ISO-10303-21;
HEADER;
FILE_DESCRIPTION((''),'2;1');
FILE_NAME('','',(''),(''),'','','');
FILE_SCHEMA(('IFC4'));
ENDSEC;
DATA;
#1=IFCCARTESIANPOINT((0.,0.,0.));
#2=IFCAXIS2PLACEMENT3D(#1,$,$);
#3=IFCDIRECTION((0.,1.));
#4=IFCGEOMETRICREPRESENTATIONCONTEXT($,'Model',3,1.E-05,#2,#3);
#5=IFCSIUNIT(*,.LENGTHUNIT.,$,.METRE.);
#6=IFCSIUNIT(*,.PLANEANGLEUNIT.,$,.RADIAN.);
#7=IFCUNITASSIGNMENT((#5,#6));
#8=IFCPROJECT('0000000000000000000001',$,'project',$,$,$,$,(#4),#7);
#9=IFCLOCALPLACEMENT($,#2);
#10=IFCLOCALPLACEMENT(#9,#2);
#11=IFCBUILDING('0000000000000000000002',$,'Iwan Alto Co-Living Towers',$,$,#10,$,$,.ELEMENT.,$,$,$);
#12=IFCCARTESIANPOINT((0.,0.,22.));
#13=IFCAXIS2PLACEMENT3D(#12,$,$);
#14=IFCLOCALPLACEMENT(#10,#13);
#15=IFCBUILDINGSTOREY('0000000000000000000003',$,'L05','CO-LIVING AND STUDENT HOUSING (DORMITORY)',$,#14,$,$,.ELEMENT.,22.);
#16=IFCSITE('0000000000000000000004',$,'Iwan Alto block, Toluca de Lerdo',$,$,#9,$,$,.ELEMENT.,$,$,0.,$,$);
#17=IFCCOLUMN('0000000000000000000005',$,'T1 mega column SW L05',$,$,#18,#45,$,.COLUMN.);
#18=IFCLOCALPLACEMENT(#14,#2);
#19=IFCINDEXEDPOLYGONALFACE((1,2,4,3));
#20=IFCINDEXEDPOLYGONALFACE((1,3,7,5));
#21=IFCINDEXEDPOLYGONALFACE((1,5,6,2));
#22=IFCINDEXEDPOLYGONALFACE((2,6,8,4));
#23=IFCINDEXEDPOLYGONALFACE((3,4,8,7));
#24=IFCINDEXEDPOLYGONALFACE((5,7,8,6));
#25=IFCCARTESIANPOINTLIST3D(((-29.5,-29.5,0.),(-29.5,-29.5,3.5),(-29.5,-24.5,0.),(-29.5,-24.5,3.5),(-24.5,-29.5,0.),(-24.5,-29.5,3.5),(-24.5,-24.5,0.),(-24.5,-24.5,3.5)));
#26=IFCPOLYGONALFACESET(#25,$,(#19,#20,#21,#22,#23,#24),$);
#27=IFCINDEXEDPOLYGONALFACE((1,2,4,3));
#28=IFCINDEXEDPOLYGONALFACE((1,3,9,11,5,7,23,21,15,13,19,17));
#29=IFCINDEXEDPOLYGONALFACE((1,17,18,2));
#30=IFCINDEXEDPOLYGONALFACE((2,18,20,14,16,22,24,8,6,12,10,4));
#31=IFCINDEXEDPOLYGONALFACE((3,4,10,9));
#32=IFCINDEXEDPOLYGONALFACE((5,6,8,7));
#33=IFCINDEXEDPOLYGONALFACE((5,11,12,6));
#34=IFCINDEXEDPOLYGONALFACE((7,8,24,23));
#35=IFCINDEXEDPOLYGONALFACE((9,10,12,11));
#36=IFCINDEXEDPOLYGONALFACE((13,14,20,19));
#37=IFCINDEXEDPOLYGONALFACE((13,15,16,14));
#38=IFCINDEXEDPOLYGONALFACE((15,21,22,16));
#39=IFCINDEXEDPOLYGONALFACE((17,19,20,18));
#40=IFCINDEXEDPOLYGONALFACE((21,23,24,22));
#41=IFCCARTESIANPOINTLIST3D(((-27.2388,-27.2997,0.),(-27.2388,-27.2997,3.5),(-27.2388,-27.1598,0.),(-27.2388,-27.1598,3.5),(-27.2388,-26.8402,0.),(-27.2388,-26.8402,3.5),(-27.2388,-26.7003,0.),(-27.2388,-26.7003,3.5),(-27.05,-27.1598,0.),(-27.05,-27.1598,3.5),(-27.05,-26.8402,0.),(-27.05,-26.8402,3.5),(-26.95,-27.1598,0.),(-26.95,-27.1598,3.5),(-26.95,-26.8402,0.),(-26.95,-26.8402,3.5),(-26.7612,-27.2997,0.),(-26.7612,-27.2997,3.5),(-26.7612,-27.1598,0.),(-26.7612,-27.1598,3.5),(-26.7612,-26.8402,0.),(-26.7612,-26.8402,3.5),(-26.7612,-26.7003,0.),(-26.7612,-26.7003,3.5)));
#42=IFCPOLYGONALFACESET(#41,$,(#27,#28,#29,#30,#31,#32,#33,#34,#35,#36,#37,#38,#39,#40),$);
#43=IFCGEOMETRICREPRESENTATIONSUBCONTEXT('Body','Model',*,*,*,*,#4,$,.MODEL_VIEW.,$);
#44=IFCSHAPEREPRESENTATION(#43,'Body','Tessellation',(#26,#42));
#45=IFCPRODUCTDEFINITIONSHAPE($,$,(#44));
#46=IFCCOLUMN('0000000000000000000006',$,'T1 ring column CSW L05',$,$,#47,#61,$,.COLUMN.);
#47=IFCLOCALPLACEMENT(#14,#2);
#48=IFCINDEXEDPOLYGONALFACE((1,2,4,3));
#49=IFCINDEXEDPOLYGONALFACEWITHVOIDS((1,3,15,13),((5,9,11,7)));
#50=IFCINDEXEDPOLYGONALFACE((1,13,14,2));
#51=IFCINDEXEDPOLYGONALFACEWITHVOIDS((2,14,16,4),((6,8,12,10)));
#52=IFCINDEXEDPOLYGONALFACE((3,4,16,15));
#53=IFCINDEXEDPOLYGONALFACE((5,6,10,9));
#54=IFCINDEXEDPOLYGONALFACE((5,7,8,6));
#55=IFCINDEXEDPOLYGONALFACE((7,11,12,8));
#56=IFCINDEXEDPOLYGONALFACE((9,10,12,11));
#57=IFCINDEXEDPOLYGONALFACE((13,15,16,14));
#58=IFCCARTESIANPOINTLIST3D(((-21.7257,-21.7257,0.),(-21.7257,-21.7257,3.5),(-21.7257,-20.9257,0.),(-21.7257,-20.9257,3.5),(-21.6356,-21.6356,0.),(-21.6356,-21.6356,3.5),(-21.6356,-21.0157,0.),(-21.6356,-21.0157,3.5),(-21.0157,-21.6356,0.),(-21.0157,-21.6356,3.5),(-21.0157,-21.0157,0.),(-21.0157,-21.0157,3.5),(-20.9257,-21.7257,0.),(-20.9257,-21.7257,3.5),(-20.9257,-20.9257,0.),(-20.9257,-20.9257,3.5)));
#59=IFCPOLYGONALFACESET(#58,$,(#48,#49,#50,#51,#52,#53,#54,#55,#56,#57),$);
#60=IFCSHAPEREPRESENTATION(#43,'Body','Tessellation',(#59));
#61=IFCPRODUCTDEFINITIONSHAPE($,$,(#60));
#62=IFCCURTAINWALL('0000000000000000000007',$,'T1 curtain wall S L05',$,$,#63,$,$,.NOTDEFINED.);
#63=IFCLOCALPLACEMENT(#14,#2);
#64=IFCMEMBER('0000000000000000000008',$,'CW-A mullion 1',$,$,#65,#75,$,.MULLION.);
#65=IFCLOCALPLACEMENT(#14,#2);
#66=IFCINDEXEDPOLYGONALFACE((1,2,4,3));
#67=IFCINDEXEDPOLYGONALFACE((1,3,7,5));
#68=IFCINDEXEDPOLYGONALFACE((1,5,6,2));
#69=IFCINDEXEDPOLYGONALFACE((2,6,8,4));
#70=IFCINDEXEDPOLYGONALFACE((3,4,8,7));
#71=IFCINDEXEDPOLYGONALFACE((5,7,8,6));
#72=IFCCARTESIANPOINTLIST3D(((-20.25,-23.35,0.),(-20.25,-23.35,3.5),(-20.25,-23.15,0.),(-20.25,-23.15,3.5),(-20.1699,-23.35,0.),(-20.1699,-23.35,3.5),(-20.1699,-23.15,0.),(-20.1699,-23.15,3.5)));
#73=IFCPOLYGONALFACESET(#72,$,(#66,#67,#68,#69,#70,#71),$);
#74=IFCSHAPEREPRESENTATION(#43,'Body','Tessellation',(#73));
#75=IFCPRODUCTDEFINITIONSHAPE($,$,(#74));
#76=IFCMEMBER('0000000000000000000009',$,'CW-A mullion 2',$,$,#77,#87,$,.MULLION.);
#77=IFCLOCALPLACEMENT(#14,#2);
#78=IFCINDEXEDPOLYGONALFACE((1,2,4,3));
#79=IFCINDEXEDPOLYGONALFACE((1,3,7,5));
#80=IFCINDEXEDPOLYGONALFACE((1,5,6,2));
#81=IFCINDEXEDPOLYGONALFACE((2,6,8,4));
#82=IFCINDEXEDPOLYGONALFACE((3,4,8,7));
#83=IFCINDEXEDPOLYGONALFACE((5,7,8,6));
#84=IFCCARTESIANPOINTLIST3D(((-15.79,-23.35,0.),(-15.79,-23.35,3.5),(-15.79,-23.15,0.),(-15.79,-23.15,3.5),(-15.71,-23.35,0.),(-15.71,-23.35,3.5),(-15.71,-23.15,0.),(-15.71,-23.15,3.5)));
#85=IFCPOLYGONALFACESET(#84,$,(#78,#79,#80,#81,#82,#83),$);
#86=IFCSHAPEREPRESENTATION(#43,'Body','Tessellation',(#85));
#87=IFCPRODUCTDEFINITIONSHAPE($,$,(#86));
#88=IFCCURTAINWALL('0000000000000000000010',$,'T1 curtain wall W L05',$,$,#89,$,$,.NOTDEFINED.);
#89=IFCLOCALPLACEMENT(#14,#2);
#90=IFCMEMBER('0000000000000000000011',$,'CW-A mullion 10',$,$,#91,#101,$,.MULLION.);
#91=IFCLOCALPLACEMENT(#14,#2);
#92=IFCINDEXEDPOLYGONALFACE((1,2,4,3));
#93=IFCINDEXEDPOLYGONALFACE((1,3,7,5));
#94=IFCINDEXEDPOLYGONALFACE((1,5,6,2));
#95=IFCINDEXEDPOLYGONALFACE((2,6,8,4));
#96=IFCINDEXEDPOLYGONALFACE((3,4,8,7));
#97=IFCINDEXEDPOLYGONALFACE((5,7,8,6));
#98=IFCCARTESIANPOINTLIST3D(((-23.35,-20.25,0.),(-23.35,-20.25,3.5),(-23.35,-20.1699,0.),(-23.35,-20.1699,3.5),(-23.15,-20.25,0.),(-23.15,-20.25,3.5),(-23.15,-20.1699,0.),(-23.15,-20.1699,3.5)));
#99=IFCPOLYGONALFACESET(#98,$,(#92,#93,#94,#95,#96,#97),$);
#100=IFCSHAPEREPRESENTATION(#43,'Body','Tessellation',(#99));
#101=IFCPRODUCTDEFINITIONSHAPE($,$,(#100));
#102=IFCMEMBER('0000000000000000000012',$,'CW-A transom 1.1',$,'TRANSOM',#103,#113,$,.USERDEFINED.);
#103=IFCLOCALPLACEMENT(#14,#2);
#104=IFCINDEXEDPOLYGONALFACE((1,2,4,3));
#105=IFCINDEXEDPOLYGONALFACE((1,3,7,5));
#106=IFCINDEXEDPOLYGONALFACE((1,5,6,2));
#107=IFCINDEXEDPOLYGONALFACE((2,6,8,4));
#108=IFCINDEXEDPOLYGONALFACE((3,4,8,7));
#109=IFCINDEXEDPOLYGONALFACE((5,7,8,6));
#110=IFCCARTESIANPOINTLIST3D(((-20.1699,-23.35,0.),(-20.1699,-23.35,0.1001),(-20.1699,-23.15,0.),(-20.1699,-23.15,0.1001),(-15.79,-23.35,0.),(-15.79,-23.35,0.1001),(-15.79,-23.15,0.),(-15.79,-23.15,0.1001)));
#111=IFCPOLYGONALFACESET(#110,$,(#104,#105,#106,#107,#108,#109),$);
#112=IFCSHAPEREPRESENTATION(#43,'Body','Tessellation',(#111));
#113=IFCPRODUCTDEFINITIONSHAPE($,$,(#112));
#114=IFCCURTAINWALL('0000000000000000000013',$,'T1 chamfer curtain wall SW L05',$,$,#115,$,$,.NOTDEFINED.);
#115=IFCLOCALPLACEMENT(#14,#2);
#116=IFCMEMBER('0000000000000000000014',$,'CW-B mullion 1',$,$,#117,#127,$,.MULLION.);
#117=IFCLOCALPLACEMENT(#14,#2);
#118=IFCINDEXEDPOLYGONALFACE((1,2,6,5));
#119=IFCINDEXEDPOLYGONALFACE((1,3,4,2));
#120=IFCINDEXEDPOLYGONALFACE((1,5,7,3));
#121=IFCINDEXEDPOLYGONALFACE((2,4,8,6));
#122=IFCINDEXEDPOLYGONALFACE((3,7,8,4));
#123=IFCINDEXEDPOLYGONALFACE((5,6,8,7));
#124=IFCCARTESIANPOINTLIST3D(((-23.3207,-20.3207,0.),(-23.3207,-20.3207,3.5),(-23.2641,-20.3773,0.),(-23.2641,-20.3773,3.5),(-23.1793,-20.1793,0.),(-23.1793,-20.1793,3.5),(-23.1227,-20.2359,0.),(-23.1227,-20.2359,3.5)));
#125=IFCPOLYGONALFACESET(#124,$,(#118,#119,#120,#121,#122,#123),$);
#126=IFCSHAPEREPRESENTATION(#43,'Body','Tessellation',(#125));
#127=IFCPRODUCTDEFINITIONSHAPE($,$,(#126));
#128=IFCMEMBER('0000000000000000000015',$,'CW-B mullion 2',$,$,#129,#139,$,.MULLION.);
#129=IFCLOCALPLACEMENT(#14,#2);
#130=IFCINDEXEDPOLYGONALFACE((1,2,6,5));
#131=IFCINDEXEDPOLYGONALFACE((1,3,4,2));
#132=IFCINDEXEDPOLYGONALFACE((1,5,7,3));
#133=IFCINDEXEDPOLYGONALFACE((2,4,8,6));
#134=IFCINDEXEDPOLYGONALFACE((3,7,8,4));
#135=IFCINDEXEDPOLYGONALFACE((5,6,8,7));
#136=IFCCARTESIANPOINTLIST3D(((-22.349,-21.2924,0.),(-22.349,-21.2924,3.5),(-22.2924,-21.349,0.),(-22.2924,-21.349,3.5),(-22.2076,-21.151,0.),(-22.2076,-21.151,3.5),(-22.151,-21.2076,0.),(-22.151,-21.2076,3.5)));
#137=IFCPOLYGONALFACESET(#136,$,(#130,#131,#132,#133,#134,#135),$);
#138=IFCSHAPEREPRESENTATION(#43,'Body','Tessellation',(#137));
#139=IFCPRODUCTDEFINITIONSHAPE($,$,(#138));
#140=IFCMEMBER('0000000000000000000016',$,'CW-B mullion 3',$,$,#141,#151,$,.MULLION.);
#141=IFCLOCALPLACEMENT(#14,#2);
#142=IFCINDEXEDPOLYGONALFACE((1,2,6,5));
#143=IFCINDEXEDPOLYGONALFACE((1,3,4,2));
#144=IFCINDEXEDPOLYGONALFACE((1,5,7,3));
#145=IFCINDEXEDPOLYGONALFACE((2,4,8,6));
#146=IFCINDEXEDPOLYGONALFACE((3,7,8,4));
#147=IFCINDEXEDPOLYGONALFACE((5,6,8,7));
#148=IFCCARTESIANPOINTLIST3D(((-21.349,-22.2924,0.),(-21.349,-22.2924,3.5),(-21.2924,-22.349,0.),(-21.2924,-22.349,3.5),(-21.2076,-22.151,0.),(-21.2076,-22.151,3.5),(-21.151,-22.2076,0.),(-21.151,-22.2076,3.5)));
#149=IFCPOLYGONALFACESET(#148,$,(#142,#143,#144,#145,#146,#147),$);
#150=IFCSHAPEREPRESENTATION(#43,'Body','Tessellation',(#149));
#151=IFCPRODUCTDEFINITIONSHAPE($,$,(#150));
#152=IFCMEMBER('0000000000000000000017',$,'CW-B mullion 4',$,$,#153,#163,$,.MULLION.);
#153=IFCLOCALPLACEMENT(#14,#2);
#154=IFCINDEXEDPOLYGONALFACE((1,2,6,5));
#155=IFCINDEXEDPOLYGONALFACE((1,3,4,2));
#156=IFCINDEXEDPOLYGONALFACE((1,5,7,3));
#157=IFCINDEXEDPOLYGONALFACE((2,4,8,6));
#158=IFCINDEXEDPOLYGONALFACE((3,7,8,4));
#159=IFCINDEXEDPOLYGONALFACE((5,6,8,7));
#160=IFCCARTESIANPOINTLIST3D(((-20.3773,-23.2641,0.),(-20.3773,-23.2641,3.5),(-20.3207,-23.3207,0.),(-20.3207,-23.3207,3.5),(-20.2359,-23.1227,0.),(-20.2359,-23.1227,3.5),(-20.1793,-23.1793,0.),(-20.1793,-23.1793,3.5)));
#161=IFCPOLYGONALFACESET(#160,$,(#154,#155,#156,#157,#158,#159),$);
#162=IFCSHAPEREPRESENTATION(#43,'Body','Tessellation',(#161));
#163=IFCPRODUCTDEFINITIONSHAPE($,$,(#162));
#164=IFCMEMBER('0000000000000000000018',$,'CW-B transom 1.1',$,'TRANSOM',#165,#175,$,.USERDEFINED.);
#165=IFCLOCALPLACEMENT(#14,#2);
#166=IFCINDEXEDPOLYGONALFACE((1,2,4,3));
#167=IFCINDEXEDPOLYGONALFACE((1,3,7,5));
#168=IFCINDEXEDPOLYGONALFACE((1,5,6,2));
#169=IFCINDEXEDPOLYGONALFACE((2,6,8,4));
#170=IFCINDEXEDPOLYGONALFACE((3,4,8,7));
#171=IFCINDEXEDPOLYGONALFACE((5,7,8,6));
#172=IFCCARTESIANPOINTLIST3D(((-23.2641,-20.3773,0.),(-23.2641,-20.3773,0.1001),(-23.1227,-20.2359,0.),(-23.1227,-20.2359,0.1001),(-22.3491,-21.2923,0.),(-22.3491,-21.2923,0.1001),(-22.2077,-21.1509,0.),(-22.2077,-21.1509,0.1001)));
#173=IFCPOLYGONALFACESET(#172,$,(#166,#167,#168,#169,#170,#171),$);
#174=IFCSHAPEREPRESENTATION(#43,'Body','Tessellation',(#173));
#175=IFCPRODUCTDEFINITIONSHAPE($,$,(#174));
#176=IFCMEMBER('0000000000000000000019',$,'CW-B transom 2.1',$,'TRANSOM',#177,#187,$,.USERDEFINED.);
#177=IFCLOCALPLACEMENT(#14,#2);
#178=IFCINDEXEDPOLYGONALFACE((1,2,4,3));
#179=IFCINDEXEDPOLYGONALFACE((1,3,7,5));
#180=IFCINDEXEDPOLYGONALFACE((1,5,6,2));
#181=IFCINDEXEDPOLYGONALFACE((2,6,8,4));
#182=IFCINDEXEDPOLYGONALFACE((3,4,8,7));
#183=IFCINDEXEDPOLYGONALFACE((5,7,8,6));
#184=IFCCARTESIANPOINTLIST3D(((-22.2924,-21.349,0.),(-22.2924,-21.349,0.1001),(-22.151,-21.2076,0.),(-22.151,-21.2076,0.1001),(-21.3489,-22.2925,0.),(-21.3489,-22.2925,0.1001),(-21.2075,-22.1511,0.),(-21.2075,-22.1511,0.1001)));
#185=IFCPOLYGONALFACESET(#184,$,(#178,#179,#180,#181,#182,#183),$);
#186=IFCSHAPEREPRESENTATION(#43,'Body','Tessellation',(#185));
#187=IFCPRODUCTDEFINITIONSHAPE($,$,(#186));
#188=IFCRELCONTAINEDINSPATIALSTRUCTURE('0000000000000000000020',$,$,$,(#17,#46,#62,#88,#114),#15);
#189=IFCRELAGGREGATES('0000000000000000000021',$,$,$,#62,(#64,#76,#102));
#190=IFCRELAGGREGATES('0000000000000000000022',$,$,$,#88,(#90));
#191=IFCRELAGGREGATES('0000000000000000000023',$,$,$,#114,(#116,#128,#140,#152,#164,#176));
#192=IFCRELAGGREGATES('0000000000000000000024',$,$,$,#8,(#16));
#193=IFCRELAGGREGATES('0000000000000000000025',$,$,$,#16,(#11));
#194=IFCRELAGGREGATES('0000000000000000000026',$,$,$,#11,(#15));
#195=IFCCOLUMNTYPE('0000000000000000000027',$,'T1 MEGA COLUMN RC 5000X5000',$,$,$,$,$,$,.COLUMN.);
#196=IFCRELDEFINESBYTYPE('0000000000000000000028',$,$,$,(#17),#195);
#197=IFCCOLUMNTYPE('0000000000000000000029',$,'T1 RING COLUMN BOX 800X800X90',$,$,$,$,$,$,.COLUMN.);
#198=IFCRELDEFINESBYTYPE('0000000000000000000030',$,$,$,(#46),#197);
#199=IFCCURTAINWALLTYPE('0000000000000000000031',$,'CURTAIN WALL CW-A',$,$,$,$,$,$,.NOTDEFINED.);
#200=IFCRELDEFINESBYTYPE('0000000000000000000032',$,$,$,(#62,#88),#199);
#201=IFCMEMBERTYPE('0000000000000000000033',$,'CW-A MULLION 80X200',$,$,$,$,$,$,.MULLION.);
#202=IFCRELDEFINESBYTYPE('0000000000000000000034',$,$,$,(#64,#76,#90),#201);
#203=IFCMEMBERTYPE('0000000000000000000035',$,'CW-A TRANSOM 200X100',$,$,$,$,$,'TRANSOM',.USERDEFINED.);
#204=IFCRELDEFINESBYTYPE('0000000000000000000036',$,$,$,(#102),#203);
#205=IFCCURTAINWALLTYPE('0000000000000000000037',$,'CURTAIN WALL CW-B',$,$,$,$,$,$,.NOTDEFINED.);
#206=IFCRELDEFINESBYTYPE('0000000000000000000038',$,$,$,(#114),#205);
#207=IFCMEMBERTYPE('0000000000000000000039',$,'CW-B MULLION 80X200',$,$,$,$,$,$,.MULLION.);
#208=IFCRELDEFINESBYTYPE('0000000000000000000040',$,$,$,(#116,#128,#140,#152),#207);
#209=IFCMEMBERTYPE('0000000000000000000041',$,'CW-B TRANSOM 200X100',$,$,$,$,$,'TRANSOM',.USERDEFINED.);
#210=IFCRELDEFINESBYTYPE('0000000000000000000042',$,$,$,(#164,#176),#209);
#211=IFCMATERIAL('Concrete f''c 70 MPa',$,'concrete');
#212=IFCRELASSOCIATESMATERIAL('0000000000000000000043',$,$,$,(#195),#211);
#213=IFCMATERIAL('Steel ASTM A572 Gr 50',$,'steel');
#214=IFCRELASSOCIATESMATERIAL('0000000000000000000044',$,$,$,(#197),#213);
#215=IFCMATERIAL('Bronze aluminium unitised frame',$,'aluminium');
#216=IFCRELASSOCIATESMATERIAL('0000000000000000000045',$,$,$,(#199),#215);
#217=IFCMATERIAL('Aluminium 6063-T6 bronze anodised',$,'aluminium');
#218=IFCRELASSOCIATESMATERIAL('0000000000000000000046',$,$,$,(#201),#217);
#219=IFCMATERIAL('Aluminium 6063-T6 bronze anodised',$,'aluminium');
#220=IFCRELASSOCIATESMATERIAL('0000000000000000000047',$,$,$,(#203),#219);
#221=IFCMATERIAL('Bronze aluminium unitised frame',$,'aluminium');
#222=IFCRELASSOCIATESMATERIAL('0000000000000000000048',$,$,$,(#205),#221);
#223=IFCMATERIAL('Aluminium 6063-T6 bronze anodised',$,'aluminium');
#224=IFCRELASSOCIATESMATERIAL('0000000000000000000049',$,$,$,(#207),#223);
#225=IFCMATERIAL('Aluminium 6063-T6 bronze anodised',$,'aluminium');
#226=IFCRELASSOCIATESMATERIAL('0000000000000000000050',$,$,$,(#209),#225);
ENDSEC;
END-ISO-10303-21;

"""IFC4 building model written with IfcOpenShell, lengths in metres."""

from ifc_helpers import new_model, si_unit, direction, frame, origin, origin_2d, place, context, subcontext, project, spatial, rectangle, hollow_rectangle, i_section, extrude, material, material_profile, profile_set, type_object, element, aggregate, save


model = new_model("IFC4")

# Units and contexts
model_context = context("Model", 3, precision=1e-05, world=origin(), true_north=direction((0.0, 1.0)))
body_context = subcontext(model_context, "Body", "Model", "MODEL_VIEW")
ifc_project = project(units=[si_unit("LENGTHUNIT", "METRE"), si_unit("PLANEANGLEUNIT", "RADIAN")], contexts=[model_context])

# Site, building, storey
site_placement = place(None, origin())
site = spatial("IfcSite", under=ifc_project, at=site_placement, Name="Iwan Alto block, Toluca de Lerdo", CompositionType="ELEMENT", RefElevation=0.0)
building_placement = place(site_placement, origin())
building = spatial("IfcBuilding", under=site, at=building_placement, Name="Iwan Alto Co-Living Towers", CompositionType="ELEMENT")
storey_placement = place(building_placement, frame((0.0, 0.0, 22.0)))
storey = spatial("IfcBuildingStorey", under=building, at=storey_placement, Name="L05", Description="CO-LIVING AND STUDENT HOUSING (DORMITORY)", CompositionType="ELEMENT", Elevation=22.0)

# Columns
ifc_material_1 = material(Name="Concrete f'c 70 MPa", Category="concrete")
ifc_material_profile_1 = material_profile(ifc_material_1, rectangle(XDim=5.0, YDim=5.0, at=origin_2d()), Name="RC 5000X5000")
ifc_profile_set_1 = profile_set([ifc_material_profile_1], Name="Concrete f'c 70 MPa")
column_type_1 = type_object("IfcColumnType", Name="T1 MEGA COLUMN RC 5000X5000", PredefinedType="COLUMN", material=ifc_profile_set_1)
column_1_placement = place(storey_placement, frame((-27.0, -27.0, 0.0), z_axis=(0.0, 0.0, 1.0), x_axis=(1.0, 0.0, 0.0)))
element("IfcColumn", 1, at=column_1_placement, inside=storey, type_object=column_type_1, Name="T1 mega column SW L05", PredefinedType="COLUMN", context=body_context, shape_type="SweptSolid", body=[
    extrude(rectangle(XDim=5.0, YDim=5.0, at=origin_2d()), origin(), (0.0, 0.0, 1.0), 3.5),
    extrude(i_section(OverallWidth=0.4775, OverallDepth=0.5994, WebThickness=0.1001, FlangeThickness=0.1399, at=origin_2d()), origin(), (0.0, 0.0, 1.0), 3.5),
])
ifc_material_2 = material(Name="Steel ASTM A572 Gr 50", Category="steel")
ifc_material_profile_2 = material_profile(ifc_material_2, hollow_rectangle(XDim=0.8, YDim=0.8, WallThickness=0.0901, at=origin_2d()), Name="BOX 800X800X90")
ifc_profile_set_2 = profile_set([ifc_material_profile_2], Name="Steel ASTM A572 Gr 50")
column_type_2 = type_object("IfcColumnType", Name="T1 RING COLUMN BOX 800X800X90", PredefinedType="COLUMN", material=ifc_profile_set_2)
column_2_placement = place(storey_placement, frame((-21.3257, -21.3257, 0.0), z_axis=(0.0, 0.0, 1.0), x_axis=(1.0, 0.0, 0.0)))
element("IfcColumn", 2, at=column_2_placement, inside=storey, type_object=column_type_2, Name="T1 ring column CSW L05", PredefinedType="COLUMN", context=body_context, shape_type="SweptSolid", body=[
    extrude(hollow_rectangle(XDim=0.8, YDim=0.8, WallThickness=0.0901, at=origin_2d()), origin(), (0.0, 0.0, 1.0), 3.5),
])

# Curtain wall, members
ifc_material_3 = material(Name="Bronze aluminium unitised frame", Category="aluminium")
curtain_wall_type_1 = type_object("IfcCurtainWallType", Name="CURTAIN WALL CW-A", PredefinedType="NOTDEFINED", material=ifc_material_3)
curtain_wall_1_placement = place(storey_placement, origin())
curtain_wall_1 = element("IfcCurtainWall", 3, at=curtain_wall_1_placement, inside=storey, type_object=curtain_wall_type_1, Name="T1 curtain wall S L05", PredefinedType="NOTDEFINED")
ifc_material_4 = material(Name="Aluminium 6063-T6 bronze anodised", Category="aluminium")
ifc_material_profile_3 = material_profile(ifc_material_4, rectangle(XDim=0.2, YDim=0.0801, at=origin_2d()), Name="AL 80X200")
ifc_profile_set_3 = profile_set([ifc_material_profile_3], Name="Aluminium 6063-T6 bronze anodised")
member_type_1 = type_object("IfcMemberType", Name="CW-A MULLION 80X200", PredefinedType="MULLION", material=ifc_profile_set_3)
member_1_placement = place(storey_placement, frame((-20.21, -23.25, 0.0), z_axis=(0.0, 0.0, 1.0), x_axis=(0.0, 1.0, 0.0)))
member_1 = element("IfcMember", 4, at=member_1_placement, type_object=member_type_1, Name="CW-A mullion 1", PredefinedType="MULLION", context=body_context, shape_type="SweptSolid", body=[
    extrude(rectangle(XDim=0.2, YDim=0.0801, at=origin_2d()), origin(), (0.0, 0.0, 1.0), 3.5),
])
member_2_placement = place(storey_placement, frame((-15.75, -23.25, 0.0), z_axis=(0.0, 0.0, 1.0), x_axis=(0.0, 1.0, 0.0)))
member_2 = element("IfcMember", 5, at=member_2_placement, type_object=member_type_1, Name="CW-A mullion 2", PredefinedType="MULLION", context=body_context, shape_type="SweptSolid", body=[
    extrude(rectangle(XDim=0.2, YDim=0.0801, at=origin_2d()), origin(), (0.0, 0.0, 1.0), 3.5),
])

# Curtain wall, member
curtain_wall_2_placement = place(storey_placement, origin())
curtain_wall_2 = element("IfcCurtainWall", 6, at=curtain_wall_2_placement, inside=storey, type_object=curtain_wall_type_1, Name="T1 curtain wall W L05", PredefinedType="NOTDEFINED")
member_3_placement = place(storey_placement, frame((-23.25, -20.21, 0.0), z_axis=(0.0, 0.0, 1.0), x_axis=(1.0, 0.0, 0.0)))
member_3 = element("IfcMember", 7, at=member_3_placement, type_object=member_type_1, Name="CW-A mullion 10", PredefinedType="MULLION", context=body_context, shape_type="SweptSolid", body=[
    extrude(rectangle(XDim=0.2, YDim=0.0801, at=origin_2d()), origin(), (0.0, 0.0, 1.0), 3.5),
])

# Member
ifc_material_5 = material(Name="Aluminium 6063-T6 bronze anodised", Category="aluminium")
ifc_material_profile_4 = material_profile(ifc_material_5, rectangle(XDim=0.2, YDim=0.1001, at=origin_2d()), Name="AL 200X100")
ifc_profile_set_4 = profile_set([ifc_material_profile_4], Name="Aluminium 6063-T6 bronze anodised")
member_type_2 = type_object("IfcMemberType", Name="CW-A TRANSOM 200X100", ElementType="TRANSOM", PredefinedType="USERDEFINED", material=ifc_profile_set_4)
member_4_placement = place(storey_placement, frame((-20.1699, -23.25, 0.05), z_axis=(1.0, 0.0, 0.0), x_axis=(0.0, 1.0, 0.0)))
member_4 = element("IfcMember", 8, at=member_4_placement, type_object=member_type_2, Name="CW-A transom 1.1", ObjectType="TRANSOM", PredefinedType="USERDEFINED", context=body_context, shape_type="SweptSolid", body=[
    extrude(rectangle(XDim=0.2, YDim=0.1001, at=origin_2d()), origin(), (0.0, 0.0, 1.0), 4.3799),
])

# Curtain wall, members
ifc_material_6 = material(Name="Bronze aluminium unitised frame", Category="aluminium")
curtain_wall_type_2 = type_object("IfcCurtainWallType", Name="CURTAIN WALL CW-B", PredefinedType="NOTDEFINED", material=ifc_material_6)
curtain_wall_3_placement = place(storey_placement, origin())
curtain_wall_3 = element("IfcCurtainWall", 9, at=curtain_wall_3_placement, inside=storey, type_object=curtain_wall_type_2, Name="T1 chamfer curtain wall SW L05", PredefinedType="NOTDEFINED")
ifc_material_7 = material(Name="Aluminium 6063-T6 bronze anodised", Category="aluminium")
ifc_material_profile_5 = material_profile(ifc_material_7, rectangle(XDim=0.2, YDim=0.0801, at=origin_2d()), Name="AL 80X200")
ifc_profile_set_5 = profile_set([ifc_material_profile_5], Name="Aluminium 6063-T6 bronze anodised")
member_type_3 = type_object("IfcMemberType", Name="CW-B MULLION 80X200", PredefinedType="MULLION", material=ifc_profile_set_5)
member_5_placement = place(storey_placement, frame((-23.2217, -20.2783, 0.0), z_axis=(0.0, 0.0, 1.0), x_axis=(0.707107, 0.707107, 0.0)))
member_5 = element("IfcMember", 10, at=member_5_placement, type_object=member_type_3, Name="CW-B mullion 1", PredefinedType="MULLION", context=body_context, shape_type="SweptSolid", body=[
    extrude(rectangle(XDim=0.2, YDim=0.0801, at=origin_2d()), origin(), (0.0, 0.0, 1.0), 3.5),
])
member_6_placement = place(storey_placement, frame((-22.25, -21.25, 0.0), z_axis=(0.0, 0.0, 1.0), x_axis=(0.707107, 0.707107, 0.0)))
member_6 = element("IfcMember", 11, at=member_6_placement, type_object=member_type_3, Name="CW-B mullion 2", PredefinedType="MULLION", context=body_context, shape_type="SweptSolid", body=[
    extrude(rectangle(XDim=0.2, YDim=0.0801, at=origin_2d()), origin(), (0.0, 0.0, 1.0), 3.5),
])
member_7_placement = place(storey_placement, frame((-21.25, -22.25, 0.0), z_axis=(0.0, 0.0, 1.0), x_axis=(0.707107, 0.707107, 0.0)))
member_7 = element("IfcMember", 12, at=member_7_placement, type_object=member_type_3, Name="CW-B mullion 3", PredefinedType="MULLION", context=body_context, shape_type="SweptSolid", body=[
    extrude(rectangle(XDim=0.2, YDim=0.0801, at=origin_2d()), origin(), (0.0, 0.0, 1.0), 3.5),
])
member_8_placement = place(storey_placement, frame((-20.2783, -23.2217, 0.0), z_axis=(0.0, 0.0, 1.0), x_axis=(0.707107, 0.707107, 0.0)))
member_8 = element("IfcMember", 13, at=member_8_placement, type_object=member_type_3, Name="CW-B mullion 4", PredefinedType="MULLION", context=body_context, shape_type="SweptSolid", body=[
    extrude(rectangle(XDim=0.2, YDim=0.0801, at=origin_2d()), origin(), (0.0, 0.0, 1.0), 3.5),
])
ifc_material_8 = material(Name="Aluminium 6063-T6 bronze anodised", Category="aluminium")
ifc_material_profile_6 = material_profile(ifc_material_8, rectangle(XDim=0.2, YDim=0.1001, at=origin_2d()), Name="AL 200X100")
ifc_profile_set_6 = profile_set([ifc_material_profile_6], Name="Aluminium 6063-T6 bronze anodised")
member_type_4 = type_object("IfcMemberType", Name="CW-B TRANSOM 200X100", ElementType="TRANSOM", PredefinedType="USERDEFINED", material=ifc_profile_set_6)
member_9_placement = place(storey_placement, frame((-23.1934, -20.3066, 0.05), z_axis=(0.707107, -0.707107, 0.0), x_axis=(0.707107, 0.707107, 0.0)))
member_9 = element("IfcMember", 14, at=member_9_placement, type_object=member_type_4, Name="CW-B transom 1.1", ObjectType="TRANSOM", PredefinedType="USERDEFINED", context=body_context, shape_type="SweptSolid", body=[
    extrude(rectangle(XDim=0.2, YDim=0.1001, at=origin_2d()), origin(), (0.0, 0.0, 1.0), 1.2939),
])
member_10_placement = place(storey_placement, frame((-22.2217, -21.2783, 0.05), z_axis=(0.707107, -0.707107, 0.0), x_axis=(0.707107, 0.707107, 0.0)))
member_10 = element("IfcMember", 15, at=member_10_placement, type_object=member_type_4, Name="CW-B transom 2.1", ObjectType="TRANSOM", PredefinedType="USERDEFINED", context=body_context, shape_type="SweptSolid", body=[
    extrude(rectangle(XDim=0.2, YDim=0.1001, at=origin_2d()), origin(), (0.0, 0.0, 1.0), 1.3342),
])

aggregate(curtain_wall_1, [member_1, member_2, member_4])
aggregate(curtain_wall_2, [member_3])
aggregate(curtain_wall_3, [member_5, member_6, member_7, member_8, member_9, member_10])

save(model, "model.ifc")
